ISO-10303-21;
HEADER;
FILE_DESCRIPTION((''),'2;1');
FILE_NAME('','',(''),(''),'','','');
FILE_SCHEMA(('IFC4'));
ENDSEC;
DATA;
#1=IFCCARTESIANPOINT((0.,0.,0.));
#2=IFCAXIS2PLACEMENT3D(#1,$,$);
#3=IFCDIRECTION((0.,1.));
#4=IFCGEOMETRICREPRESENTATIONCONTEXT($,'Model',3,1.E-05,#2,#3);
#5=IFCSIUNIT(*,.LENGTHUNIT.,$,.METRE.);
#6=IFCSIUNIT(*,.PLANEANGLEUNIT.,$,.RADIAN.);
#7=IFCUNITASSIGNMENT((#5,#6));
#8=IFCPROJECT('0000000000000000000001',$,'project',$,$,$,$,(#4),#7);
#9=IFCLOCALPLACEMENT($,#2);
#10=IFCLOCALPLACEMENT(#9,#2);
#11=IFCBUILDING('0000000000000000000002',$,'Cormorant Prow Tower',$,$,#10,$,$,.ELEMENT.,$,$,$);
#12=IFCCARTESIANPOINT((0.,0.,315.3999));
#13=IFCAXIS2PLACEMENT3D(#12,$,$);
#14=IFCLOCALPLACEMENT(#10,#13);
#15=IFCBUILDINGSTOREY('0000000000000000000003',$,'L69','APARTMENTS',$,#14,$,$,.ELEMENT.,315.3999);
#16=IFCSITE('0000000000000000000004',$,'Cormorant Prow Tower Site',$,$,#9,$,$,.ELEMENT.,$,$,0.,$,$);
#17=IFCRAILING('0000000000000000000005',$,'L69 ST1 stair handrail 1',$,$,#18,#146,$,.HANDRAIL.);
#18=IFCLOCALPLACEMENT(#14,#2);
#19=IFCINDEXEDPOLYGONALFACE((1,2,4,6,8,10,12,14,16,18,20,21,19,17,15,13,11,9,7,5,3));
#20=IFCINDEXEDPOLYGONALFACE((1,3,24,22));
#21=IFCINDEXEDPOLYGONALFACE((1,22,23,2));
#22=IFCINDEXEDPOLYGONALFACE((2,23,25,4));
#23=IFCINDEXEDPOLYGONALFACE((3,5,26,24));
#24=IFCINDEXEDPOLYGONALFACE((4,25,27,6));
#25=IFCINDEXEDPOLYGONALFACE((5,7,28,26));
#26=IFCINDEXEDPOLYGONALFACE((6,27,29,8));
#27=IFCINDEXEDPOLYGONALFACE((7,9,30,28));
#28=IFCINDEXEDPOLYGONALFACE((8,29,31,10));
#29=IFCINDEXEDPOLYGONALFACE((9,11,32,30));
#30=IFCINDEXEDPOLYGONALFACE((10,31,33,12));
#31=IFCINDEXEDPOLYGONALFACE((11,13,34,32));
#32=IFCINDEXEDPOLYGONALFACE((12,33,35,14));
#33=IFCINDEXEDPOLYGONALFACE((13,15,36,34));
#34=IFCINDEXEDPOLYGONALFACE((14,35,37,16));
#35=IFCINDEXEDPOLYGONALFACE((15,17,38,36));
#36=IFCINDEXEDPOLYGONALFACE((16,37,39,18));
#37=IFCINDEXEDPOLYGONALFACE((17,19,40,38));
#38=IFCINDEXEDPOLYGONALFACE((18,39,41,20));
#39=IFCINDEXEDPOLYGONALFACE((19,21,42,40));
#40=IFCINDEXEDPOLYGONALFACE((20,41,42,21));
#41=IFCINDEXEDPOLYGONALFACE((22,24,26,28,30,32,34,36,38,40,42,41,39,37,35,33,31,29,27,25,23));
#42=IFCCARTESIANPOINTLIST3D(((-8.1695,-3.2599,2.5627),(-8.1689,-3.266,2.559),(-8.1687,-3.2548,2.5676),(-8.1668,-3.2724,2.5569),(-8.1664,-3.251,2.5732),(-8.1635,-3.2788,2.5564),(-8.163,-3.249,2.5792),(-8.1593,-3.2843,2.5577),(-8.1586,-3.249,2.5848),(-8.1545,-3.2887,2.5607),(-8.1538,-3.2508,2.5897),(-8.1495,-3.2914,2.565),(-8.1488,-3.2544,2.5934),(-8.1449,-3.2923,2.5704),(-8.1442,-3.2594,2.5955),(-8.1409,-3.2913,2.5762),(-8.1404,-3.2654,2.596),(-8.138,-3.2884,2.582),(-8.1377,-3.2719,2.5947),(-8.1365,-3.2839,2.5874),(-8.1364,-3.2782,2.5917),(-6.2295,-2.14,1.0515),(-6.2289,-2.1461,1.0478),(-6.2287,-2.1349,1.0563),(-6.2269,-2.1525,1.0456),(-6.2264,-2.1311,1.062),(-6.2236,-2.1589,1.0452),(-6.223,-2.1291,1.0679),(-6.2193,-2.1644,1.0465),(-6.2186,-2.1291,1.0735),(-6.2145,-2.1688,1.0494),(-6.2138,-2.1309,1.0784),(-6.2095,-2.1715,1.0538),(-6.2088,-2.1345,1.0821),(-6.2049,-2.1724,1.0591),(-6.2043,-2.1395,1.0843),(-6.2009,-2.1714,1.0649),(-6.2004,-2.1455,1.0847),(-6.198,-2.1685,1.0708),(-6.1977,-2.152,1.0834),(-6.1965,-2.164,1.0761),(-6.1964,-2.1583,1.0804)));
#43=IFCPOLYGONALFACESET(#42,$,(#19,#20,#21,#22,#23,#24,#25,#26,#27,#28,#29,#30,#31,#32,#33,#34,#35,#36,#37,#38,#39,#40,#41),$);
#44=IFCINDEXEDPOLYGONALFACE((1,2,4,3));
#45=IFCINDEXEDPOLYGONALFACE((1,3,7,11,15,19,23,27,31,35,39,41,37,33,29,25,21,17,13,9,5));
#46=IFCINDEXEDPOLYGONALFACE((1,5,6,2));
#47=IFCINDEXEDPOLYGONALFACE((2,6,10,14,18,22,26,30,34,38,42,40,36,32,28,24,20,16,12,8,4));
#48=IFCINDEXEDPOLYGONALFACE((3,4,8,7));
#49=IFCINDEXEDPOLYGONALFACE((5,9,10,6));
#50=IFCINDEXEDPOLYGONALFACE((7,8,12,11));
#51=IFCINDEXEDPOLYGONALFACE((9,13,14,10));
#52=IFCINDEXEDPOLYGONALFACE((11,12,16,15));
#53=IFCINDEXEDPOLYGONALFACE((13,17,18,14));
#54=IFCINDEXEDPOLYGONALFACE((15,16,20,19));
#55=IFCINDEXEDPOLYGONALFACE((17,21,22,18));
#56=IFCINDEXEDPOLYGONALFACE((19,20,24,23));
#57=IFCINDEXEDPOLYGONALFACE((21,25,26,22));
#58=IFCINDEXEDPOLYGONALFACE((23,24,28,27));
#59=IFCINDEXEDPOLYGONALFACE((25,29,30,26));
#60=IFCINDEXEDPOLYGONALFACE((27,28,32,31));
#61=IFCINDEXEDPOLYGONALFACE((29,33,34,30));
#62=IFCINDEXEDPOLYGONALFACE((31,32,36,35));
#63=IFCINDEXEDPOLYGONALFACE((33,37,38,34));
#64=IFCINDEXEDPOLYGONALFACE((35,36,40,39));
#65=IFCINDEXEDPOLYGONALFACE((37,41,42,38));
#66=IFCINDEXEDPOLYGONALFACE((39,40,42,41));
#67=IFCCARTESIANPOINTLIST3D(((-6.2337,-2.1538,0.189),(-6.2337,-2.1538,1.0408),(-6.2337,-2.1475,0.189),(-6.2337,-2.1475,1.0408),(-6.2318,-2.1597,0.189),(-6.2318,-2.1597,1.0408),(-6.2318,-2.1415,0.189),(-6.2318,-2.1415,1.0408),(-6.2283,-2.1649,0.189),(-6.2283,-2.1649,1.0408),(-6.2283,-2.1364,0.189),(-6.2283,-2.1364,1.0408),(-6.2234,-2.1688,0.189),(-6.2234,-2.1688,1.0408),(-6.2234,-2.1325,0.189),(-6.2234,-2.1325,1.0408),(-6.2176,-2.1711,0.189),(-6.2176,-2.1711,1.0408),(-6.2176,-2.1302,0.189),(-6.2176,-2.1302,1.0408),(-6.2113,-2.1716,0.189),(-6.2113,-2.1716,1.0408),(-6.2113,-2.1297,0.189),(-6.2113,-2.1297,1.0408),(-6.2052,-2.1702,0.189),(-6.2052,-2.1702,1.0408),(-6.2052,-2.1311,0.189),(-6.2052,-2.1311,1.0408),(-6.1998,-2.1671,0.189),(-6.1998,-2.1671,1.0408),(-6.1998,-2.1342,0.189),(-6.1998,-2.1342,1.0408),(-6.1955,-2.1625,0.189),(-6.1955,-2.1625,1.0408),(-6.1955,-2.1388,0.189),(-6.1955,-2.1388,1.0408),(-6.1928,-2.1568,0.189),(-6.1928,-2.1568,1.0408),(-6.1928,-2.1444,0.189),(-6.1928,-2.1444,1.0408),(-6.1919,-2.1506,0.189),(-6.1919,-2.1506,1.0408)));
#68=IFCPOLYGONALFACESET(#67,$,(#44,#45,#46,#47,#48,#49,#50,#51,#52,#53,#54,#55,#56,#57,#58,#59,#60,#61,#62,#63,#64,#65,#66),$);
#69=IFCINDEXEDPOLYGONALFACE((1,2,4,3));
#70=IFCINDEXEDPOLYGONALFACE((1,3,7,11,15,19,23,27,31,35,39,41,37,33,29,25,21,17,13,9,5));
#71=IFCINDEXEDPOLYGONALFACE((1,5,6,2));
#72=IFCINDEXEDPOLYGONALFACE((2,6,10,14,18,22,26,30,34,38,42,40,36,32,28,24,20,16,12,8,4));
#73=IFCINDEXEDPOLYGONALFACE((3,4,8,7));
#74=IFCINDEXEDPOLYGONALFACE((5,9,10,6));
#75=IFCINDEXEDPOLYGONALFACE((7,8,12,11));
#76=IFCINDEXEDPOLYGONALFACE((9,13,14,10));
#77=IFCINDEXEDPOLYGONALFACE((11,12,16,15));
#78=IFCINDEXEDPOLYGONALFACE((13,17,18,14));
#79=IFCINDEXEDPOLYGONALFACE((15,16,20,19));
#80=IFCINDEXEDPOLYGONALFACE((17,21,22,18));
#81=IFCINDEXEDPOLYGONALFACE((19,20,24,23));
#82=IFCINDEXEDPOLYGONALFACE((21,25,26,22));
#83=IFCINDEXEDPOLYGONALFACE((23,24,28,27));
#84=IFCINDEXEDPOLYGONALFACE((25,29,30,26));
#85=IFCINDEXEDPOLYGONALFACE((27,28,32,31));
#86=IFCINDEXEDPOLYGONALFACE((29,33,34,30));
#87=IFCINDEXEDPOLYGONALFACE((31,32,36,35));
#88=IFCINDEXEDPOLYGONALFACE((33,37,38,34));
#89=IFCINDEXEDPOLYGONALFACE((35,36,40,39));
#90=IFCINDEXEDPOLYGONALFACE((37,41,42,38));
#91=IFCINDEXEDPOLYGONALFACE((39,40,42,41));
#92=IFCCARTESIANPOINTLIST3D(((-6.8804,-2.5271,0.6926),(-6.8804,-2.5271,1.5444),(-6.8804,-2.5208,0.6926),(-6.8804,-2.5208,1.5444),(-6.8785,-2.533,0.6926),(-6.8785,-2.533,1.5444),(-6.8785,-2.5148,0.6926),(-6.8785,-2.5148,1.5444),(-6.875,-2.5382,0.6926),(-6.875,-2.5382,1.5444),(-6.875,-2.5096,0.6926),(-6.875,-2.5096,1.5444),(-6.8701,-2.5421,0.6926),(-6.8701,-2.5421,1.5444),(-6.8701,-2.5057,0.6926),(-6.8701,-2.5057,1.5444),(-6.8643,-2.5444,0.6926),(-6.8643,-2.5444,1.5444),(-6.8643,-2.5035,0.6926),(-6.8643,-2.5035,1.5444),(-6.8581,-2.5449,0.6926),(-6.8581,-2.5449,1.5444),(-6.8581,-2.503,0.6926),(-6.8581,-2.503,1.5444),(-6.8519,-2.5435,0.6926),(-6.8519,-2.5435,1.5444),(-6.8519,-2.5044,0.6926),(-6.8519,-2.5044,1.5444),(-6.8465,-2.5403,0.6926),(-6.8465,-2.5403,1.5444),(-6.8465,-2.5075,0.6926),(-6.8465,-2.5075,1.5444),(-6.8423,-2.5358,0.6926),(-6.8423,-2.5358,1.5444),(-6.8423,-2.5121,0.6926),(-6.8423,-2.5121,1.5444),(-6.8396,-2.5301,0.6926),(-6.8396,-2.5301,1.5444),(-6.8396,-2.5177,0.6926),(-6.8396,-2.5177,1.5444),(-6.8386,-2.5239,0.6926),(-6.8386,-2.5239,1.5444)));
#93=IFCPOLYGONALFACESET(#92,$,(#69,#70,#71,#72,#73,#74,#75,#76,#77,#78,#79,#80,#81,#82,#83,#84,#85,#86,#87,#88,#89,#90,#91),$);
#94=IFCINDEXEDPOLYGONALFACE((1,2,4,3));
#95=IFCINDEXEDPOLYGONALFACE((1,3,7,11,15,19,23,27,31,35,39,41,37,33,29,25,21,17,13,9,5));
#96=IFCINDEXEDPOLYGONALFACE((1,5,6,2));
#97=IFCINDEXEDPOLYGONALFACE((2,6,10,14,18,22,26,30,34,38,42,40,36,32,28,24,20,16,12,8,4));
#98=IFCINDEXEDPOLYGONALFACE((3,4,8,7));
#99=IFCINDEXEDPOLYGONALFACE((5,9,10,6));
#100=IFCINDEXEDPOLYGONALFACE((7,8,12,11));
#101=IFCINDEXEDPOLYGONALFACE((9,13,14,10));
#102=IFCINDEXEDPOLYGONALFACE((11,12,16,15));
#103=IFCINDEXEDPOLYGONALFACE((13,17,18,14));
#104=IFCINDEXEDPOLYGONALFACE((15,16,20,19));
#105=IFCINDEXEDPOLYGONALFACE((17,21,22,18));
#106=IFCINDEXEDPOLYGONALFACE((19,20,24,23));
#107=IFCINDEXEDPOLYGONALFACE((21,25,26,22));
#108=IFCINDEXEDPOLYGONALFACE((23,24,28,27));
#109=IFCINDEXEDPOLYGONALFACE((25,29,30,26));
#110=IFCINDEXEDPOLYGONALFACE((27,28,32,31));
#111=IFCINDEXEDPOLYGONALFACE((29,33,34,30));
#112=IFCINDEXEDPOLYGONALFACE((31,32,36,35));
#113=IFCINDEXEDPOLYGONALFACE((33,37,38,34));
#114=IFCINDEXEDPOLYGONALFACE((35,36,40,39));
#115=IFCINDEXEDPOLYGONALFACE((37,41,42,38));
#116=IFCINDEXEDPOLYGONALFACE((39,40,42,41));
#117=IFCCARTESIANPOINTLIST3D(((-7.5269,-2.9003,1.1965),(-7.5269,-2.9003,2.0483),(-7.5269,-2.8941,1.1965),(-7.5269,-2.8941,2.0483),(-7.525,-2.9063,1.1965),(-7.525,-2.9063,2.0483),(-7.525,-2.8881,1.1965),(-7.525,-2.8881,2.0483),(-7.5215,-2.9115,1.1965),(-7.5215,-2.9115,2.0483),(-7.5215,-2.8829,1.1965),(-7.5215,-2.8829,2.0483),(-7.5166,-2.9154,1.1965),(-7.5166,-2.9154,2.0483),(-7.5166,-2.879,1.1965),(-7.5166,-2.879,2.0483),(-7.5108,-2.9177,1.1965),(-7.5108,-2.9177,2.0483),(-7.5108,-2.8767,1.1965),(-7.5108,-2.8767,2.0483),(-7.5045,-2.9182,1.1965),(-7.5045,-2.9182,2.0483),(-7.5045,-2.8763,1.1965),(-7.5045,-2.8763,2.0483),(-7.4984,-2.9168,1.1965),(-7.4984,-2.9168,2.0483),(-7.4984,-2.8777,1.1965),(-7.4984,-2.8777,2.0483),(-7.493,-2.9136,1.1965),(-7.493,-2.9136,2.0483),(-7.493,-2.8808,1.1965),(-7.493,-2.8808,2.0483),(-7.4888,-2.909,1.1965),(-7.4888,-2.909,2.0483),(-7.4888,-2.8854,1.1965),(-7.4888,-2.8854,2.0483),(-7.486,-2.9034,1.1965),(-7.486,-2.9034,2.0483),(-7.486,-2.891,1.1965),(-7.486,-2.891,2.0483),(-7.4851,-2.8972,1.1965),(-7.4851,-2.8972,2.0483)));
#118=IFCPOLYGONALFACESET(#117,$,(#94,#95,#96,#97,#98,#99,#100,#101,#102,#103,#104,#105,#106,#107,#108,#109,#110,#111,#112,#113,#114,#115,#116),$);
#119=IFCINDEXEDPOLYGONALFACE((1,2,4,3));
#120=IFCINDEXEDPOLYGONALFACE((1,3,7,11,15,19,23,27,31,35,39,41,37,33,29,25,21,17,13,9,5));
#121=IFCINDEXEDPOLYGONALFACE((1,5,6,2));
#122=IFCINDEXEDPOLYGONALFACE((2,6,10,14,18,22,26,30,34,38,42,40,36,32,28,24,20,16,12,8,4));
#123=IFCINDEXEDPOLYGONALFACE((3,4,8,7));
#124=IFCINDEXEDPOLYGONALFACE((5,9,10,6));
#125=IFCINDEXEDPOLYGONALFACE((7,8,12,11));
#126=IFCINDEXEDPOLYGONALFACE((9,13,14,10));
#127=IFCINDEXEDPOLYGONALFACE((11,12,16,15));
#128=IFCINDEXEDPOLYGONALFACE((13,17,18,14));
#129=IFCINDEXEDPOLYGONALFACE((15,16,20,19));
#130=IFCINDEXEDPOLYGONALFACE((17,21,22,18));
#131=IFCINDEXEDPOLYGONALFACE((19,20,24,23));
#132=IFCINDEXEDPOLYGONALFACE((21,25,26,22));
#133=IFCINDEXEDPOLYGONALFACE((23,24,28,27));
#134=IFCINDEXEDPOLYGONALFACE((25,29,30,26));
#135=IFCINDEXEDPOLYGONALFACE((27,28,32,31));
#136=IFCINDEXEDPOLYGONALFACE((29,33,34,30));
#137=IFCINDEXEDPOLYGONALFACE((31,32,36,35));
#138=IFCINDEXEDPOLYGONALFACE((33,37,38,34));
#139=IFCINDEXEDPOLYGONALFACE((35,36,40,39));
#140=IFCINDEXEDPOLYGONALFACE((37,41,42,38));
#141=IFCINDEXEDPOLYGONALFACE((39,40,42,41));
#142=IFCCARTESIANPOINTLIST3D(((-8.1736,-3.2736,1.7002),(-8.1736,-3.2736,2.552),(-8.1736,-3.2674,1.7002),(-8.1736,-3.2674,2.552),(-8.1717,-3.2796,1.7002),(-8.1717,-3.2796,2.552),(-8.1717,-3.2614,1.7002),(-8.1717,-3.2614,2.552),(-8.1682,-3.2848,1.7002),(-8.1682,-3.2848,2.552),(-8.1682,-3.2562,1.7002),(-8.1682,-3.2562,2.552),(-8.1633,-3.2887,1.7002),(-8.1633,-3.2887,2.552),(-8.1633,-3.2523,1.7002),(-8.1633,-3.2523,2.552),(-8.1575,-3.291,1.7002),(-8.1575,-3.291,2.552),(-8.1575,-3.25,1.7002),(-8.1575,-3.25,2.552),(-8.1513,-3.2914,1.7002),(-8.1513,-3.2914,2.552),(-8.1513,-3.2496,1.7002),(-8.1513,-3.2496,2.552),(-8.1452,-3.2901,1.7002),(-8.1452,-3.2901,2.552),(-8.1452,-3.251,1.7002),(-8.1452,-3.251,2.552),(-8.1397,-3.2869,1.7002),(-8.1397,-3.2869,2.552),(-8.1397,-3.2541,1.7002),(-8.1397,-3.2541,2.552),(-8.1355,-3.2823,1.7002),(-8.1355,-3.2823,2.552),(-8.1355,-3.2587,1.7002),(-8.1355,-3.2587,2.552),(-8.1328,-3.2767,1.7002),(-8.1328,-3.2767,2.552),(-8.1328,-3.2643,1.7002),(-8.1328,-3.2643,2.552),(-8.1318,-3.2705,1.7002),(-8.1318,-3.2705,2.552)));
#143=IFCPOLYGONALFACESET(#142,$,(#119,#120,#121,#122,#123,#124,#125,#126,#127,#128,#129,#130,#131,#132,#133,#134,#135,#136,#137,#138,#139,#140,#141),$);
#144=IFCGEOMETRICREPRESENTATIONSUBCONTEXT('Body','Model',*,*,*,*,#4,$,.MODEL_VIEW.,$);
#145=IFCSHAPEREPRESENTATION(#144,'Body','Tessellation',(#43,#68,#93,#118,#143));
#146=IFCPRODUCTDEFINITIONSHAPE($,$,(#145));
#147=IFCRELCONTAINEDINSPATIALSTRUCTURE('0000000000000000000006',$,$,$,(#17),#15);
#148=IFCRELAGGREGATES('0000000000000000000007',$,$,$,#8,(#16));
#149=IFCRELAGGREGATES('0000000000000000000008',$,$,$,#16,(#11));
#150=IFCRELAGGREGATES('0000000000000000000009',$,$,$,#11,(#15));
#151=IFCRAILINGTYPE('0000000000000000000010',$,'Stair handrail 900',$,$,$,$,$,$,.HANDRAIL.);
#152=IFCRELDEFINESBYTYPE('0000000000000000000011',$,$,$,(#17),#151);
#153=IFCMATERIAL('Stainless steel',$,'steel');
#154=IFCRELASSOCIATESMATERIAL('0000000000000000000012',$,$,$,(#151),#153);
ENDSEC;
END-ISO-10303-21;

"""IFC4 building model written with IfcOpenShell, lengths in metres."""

from ifc_helpers import new_model, si_unit, direction, frame, origin, origin_2d, place, context, subcontext, project, spatial, circle, extrude, material, type_object, element, save


model = new_model("IFC4")

# Units and contexts
model_context = context("Model", 3, precision=1e-05, world=origin(), true_north=direction((0.0, 1.0)))
body_context = subcontext(model_context, "Body", "Model", "MODEL_VIEW")
ifc_project = project(units=[si_unit("LENGTHUNIT", "METRE"), si_unit("PLANEANGLEUNIT", "RADIAN")], contexts=[model_context])

# Site, building, storey
site_placement = place(None, origin())
site = spatial("IfcSite", under=ifc_project, at=site_placement, Name="Cormorant Prow Tower Site", CompositionType="ELEMENT", RefElevation=0.0)
building_placement = place(site_placement, origin())
building = spatial("IfcBuilding", under=site, at=building_placement, Name="Cormorant Prow Tower", CompositionType="ELEMENT")
storey_placement = place(building_placement, frame((0.0, 0.0, 315.3999)))
storey = spatial("IfcBuildingStorey", under=building, at=storey_placement, Name="L69", Description="APARTMENTS", CompositionType="ELEMENT", Elevation=315.3999)

# Railing
ifc_material_1 = material(Name="Stainless steel", Category="steel")
railing_type_1 = type_object("IfcRailingType", Name="Stair handrail 900", PredefinedType="HANDRAIL", material=ifc_material_1)
railing_1_placement = place(storey_placement, frame((-6.2129, -2.1506, 0.189)))
element("IfcRailing", 1, at=railing_1_placement, inside=storey, type_object=railing_type_1, Name="L69 ST1 stair handrail 1", PredefinedType="HANDRAIL", context=body_context, shape_type="SweptSolid", body=[
    extrude(circle(Radius=0.0239, at=origin_2d()), frame((0.0, 0.0, 0.876), z_axis=(-0.71794, -0.414447, 0.559281), x_axis=(0.499949, -0.866055, 0.0)), (0.0, 0.0, 1.0), 2.7021),
    extrude(circle(Radius=0.021, at=origin_2d()), origin(), (0.0, 0.0, 1.0), 0.8518),
    extrude(circle(Radius=0.021, at=origin_2d()), frame((-0.6467, -0.3733, 0.5037)), (0.0, 0.0, 1.0), 0.8518),
    extrude(circle(Radius=0.021, at=origin_2d()), frame((-1.2932, -0.7466, 1.0076)), (0.0, 0.0, 1.0), 0.8518),
    extrude(circle(Radius=0.021, at=origin_2d()), frame((-1.9399, -1.1199, 1.5112)), (0.0, 0.0, 1.0), 0.8518),
])

save(model, "model.ifc")
